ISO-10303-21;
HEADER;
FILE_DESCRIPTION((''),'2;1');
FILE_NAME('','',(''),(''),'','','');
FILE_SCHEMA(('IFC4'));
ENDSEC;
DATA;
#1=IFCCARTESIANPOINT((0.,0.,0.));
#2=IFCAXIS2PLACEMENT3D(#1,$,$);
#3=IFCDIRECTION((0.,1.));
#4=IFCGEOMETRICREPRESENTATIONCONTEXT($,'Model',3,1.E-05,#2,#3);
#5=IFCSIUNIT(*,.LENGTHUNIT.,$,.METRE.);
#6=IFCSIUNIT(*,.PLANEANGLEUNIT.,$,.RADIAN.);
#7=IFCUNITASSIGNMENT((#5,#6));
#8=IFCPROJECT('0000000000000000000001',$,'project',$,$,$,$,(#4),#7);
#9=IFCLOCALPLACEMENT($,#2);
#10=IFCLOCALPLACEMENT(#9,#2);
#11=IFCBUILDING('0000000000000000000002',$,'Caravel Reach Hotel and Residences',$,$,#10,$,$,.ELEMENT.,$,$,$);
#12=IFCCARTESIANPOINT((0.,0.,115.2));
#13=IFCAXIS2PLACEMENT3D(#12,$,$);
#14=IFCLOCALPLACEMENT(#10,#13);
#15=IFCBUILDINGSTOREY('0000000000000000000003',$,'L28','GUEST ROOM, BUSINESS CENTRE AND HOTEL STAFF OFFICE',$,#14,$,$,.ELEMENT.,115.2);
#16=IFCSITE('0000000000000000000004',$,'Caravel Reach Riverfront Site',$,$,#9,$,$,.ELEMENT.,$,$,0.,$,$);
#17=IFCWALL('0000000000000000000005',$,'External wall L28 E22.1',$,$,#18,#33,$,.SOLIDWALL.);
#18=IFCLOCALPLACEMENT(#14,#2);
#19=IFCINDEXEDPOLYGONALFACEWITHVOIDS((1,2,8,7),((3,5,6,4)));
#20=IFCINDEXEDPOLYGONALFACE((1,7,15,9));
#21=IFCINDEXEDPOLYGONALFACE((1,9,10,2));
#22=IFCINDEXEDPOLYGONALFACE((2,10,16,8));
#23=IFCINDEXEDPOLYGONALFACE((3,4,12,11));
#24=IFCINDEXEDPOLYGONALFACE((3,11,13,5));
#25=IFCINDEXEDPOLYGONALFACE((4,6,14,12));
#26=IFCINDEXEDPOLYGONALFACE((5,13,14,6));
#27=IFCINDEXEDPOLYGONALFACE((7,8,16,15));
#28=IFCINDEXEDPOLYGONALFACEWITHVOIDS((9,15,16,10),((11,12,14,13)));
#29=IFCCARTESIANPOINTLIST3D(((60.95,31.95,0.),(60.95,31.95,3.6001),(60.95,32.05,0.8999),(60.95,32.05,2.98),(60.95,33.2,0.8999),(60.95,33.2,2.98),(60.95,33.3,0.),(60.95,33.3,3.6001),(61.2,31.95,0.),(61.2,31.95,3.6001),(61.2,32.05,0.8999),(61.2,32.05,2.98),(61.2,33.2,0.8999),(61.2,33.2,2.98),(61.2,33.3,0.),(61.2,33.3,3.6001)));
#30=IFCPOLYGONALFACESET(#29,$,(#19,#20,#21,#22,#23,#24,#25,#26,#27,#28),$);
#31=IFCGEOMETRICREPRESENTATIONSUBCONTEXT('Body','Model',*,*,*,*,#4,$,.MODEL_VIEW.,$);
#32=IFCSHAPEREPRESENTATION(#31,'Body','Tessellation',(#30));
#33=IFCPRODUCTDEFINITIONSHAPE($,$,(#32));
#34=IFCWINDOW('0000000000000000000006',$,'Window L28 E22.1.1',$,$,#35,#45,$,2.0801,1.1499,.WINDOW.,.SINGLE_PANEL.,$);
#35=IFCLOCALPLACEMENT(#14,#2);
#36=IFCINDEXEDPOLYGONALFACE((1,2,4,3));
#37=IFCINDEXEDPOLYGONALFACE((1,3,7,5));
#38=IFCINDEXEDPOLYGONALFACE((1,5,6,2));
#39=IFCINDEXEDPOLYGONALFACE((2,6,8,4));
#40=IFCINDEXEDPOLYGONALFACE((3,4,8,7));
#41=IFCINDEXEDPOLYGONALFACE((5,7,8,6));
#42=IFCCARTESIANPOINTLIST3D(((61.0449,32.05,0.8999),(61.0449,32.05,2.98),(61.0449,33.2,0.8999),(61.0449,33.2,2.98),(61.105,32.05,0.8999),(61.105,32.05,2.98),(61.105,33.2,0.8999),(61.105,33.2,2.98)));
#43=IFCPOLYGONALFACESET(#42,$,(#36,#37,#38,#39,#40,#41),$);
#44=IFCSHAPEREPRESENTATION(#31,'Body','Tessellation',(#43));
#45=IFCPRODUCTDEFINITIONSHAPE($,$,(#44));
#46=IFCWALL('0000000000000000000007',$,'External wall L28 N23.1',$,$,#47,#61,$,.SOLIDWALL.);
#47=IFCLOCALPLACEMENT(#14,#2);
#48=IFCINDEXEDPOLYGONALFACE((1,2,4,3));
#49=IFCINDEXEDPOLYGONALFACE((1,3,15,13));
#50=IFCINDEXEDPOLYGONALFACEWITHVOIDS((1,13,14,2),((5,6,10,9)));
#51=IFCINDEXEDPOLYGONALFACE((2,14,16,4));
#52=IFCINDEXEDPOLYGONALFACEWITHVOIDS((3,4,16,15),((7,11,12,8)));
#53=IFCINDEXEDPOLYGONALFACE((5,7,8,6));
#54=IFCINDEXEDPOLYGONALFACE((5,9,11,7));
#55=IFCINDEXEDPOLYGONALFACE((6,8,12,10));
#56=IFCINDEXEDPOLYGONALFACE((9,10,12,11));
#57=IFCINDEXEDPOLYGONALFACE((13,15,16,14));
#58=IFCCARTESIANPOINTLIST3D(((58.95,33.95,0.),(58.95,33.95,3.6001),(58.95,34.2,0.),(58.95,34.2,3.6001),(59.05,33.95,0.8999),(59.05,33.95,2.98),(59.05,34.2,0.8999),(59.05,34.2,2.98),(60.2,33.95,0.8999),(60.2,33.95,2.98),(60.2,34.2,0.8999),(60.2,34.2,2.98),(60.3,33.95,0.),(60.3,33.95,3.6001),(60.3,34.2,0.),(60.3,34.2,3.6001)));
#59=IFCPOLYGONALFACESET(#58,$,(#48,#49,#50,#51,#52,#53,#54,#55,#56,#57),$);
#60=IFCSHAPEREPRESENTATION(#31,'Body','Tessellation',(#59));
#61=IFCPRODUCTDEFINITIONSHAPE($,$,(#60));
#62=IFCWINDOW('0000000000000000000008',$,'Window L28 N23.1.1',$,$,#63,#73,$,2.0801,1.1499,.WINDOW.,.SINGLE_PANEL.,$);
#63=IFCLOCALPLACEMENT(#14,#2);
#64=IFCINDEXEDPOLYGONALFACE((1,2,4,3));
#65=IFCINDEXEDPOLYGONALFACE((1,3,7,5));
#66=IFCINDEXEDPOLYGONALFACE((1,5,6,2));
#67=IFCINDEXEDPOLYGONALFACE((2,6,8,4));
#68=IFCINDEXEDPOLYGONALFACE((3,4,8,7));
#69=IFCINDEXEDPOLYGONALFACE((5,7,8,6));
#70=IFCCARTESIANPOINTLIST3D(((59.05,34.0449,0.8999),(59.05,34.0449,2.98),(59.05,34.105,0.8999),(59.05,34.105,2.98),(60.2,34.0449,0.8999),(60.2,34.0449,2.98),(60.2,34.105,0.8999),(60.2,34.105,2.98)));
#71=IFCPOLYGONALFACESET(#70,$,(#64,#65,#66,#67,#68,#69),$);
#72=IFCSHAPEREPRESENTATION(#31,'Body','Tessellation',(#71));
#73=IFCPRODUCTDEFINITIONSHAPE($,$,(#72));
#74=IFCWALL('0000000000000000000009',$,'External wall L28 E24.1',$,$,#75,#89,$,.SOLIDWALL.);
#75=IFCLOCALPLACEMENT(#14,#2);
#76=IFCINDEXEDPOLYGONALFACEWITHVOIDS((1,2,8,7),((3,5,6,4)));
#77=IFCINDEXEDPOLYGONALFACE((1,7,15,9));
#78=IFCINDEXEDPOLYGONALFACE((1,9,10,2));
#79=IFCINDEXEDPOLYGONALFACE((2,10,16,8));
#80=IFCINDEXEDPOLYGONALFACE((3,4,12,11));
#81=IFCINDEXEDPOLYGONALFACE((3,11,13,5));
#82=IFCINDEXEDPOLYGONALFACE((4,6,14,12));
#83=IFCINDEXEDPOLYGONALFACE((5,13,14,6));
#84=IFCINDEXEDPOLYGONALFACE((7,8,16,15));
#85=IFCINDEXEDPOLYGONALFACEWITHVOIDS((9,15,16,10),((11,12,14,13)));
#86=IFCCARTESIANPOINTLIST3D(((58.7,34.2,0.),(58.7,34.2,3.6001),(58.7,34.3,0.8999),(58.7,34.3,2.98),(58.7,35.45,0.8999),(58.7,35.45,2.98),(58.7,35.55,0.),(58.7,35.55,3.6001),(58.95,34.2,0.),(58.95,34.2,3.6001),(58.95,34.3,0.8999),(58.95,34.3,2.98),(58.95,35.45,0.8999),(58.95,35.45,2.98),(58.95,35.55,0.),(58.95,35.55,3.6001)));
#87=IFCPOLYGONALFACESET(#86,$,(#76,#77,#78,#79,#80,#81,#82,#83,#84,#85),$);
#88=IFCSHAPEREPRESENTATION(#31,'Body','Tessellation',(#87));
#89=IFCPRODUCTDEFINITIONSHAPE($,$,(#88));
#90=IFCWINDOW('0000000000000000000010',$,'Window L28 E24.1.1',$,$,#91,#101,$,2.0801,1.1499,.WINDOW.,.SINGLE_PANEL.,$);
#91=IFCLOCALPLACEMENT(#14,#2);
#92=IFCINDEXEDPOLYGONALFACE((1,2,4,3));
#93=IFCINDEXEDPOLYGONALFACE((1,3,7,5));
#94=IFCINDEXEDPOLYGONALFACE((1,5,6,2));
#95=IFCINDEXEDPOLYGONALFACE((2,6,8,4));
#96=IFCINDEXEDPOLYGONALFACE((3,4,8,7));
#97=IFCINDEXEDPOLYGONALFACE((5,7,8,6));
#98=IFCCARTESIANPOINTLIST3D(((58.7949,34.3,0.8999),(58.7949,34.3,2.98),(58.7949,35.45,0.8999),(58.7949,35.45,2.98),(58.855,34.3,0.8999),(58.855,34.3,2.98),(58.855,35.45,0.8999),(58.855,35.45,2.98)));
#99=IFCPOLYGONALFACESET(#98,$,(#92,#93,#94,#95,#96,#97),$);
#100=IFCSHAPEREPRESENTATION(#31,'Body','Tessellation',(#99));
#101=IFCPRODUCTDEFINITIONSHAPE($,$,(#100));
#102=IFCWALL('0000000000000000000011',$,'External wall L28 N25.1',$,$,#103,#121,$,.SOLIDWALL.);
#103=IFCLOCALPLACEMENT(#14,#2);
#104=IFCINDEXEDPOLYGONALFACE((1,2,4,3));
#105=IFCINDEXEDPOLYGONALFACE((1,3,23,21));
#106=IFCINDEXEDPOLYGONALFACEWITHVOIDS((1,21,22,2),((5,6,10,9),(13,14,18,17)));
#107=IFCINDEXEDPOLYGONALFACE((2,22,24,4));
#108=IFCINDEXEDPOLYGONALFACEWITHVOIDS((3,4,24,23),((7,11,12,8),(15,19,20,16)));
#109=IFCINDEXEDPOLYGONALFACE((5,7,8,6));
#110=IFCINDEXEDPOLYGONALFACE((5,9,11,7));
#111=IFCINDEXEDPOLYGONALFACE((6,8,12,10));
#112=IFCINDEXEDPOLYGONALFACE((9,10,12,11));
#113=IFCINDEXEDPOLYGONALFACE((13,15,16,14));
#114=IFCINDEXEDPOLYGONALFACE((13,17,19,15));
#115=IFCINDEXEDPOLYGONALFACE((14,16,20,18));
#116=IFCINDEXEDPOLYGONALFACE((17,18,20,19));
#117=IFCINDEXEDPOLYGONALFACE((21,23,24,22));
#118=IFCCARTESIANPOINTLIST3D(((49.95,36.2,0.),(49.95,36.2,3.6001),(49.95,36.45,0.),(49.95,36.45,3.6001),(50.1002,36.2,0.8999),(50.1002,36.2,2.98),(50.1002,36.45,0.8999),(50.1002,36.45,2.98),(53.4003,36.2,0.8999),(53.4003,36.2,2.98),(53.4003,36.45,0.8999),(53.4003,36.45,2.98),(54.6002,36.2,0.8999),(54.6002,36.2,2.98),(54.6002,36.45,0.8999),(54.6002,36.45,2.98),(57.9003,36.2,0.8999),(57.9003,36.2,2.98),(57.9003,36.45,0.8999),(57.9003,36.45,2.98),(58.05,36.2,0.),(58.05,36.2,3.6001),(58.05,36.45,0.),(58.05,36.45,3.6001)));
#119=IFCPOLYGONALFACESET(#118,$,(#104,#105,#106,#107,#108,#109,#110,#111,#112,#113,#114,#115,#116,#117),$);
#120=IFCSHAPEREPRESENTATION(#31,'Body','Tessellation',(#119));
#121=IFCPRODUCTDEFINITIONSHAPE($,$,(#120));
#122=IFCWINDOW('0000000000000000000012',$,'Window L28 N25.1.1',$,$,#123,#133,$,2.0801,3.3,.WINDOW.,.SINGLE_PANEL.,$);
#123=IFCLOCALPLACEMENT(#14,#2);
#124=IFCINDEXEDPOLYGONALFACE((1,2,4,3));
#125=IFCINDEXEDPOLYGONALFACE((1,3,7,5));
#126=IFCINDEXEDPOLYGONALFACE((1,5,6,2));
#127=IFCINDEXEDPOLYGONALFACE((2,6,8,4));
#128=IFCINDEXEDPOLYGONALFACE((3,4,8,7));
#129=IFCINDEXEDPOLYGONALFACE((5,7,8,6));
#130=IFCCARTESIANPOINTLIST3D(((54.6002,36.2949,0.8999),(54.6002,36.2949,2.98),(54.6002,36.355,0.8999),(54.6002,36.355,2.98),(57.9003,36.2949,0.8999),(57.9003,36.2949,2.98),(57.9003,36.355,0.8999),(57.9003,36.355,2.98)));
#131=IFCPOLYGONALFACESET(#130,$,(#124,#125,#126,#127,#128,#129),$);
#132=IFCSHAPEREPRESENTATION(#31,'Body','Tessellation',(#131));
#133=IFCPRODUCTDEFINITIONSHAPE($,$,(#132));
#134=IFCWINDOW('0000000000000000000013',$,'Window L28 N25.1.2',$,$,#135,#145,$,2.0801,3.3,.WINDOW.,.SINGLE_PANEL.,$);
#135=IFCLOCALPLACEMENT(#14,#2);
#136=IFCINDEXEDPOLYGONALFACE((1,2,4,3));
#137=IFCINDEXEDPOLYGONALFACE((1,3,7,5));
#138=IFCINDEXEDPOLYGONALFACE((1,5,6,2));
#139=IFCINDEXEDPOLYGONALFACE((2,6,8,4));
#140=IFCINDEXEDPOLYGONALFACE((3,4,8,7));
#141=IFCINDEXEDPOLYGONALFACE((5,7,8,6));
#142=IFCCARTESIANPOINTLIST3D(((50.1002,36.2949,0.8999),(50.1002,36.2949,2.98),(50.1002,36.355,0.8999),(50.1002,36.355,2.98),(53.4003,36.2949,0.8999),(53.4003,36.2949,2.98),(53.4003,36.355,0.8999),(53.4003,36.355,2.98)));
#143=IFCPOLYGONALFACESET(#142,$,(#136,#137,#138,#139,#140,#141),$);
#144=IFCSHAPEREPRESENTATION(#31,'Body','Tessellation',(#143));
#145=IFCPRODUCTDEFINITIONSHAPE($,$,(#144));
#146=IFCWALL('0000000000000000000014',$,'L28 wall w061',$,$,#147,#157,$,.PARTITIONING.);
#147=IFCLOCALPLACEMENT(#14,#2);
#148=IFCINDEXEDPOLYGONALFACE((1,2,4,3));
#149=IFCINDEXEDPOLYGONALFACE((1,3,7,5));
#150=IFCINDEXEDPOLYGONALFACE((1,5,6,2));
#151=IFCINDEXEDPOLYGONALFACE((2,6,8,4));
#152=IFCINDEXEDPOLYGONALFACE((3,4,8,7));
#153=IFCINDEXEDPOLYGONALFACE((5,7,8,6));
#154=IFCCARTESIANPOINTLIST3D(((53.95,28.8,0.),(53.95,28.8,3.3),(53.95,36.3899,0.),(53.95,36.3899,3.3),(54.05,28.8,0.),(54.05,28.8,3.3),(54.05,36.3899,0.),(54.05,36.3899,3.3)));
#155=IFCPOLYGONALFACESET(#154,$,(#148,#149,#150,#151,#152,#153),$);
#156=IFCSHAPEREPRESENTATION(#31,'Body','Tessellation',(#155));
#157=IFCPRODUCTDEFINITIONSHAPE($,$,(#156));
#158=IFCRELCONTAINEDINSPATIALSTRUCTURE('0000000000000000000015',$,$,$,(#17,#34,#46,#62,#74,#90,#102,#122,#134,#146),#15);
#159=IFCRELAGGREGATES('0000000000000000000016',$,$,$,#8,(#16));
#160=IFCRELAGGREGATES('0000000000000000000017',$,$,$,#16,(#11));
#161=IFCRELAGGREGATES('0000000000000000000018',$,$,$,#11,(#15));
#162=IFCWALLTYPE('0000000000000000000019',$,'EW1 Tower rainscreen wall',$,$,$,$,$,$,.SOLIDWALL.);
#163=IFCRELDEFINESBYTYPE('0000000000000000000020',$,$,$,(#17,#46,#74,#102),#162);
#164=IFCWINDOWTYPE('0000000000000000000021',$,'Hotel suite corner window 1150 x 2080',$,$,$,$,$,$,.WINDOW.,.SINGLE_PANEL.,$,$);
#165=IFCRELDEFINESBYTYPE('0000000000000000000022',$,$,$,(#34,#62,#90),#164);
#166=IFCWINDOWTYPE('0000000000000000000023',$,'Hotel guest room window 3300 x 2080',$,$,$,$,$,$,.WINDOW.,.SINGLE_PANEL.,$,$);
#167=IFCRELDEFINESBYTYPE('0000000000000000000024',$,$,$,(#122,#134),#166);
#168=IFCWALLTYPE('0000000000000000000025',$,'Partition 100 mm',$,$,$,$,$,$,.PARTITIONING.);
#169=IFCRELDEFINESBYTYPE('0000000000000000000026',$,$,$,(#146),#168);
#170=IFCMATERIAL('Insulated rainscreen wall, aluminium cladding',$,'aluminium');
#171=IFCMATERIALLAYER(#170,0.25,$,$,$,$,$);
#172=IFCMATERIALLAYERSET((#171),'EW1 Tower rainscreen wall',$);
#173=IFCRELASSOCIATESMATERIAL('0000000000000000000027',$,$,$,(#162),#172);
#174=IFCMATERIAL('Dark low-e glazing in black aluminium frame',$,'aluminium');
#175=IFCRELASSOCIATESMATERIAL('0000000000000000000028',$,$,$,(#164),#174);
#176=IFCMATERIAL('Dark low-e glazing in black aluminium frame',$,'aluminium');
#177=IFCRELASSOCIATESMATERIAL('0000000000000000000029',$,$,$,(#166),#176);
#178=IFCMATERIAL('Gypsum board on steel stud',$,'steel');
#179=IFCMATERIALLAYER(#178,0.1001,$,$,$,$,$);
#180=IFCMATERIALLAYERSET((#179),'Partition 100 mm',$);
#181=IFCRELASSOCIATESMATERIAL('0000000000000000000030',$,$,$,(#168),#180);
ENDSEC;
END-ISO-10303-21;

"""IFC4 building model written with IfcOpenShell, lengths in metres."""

from ifc_helpers import new_model, si_unit, direction, frame, frame_2d, origin, place, context, subcontext, project, spatial, rectangle, extrude, material, layer, layer_set, type_object, element, fill, save


model = new_model("IFC4")

# Units and contexts
model_context = context("Model", 3, precision=1e-05, world=origin(), true_north=direction((0.0, 1.0)))
body_context = subcontext(model_context, "Body", "Model", "MODEL_VIEW")
ifc_project = project(units=[si_unit("LENGTHUNIT", "METRE"), si_unit("PLANEANGLEUNIT", "RADIAN")], contexts=[model_context])

# Site, building, storey
site_placement = place(None, origin())
site = spatial("IfcSite", under=ifc_project, at=site_placement, Name="Caravel Reach Riverfront Site", CompositionType="ELEMENT", RefElevation=0.0)
building_placement = place(site_placement, origin())
building = spatial("IfcBuilding", under=site, at=building_placement, Name="Caravel Reach Hotel and Residences", CompositionType="ELEMENT")
storey_placement = place(building_placement, frame((0.0, 0.0, 115.2)))
storey = spatial("IfcBuildingStorey", under=building, at=storey_placement, Name="L28", Description="GUEST ROOM, BUSINESS CENTRE AND HOTEL STAFF OFFICE", CompositionType="ELEMENT", Elevation=115.2)

# Walls, openings, windows
ifc_material_1 = material(Name="Insulated rainscreen wall, aluminium cladding", Category="aluminium")
ifc_layer_1 = layer(ifc_material_1, 0.25)
ifc_layer_set_1 = layer_set([ifc_layer_1], Name="EW1 Tower rainscreen wall")
wall_type_1 = type_object("IfcWallType", Name="EW1 Tower rainscreen wall", PredefinedType="SOLIDWALL", material=ifc_layer_set_1)
ifc_material_2 = material(Name="Dark low-e glazing in black aluminium frame", Category="aluminium")
window_type_1 = type_object("IfcWindowType", Name="Hotel suite corner window 1150 x 2080", PartitioningType="SINGLE_PANEL", PredefinedType="WINDOW", material=ifc_material_2)
wall_1_placement = place(storey_placement, frame((61.075, 31.95, 0.0), z_axis=(0.0, 0.0, 1.0), x_axis=(0.0, 1.0, 0.0)))
wall_1 = element("IfcWall", 1, at=wall_1_placement, inside=storey, type_object=wall_type_1, Name="External wall L28 E22.1", PredefinedType="SOLIDWALL", context=body_context, shape_type="SweptSolid", body=[
    extrude(rectangle(XDim=1.3501, YDim=0.25, at=frame_2d((0.675, 0.0))), origin(), (0.0, 0.0, 1.0), 3.6001),
])
opening_1_placement = place(wall_1_placement, frame((0.1001, 0.0, 0.8999)))
opening_1 = element("IfcOpeningElement", 2, at=opening_1_placement, cuts=wall_1, PredefinedType="OPENING", context=body_context, shape_type="SweptSolid", body=[
    extrude(rectangle(XDim=1.1499, YDim=2.0801, at=frame_2d((0.575, 1.04))), frame((0.0, 0.135, 0.0), z_axis=(0.0, -1.0, 0.0), x_axis=(1.0, 0.0, 0.0)), (0.0, 0.0, 1.0), 0.27),
])
window_1_placement = place(opening_1_placement, origin())
window_1 = element("IfcWindow", 3, at=window_1_placement, inside=storey, type_object=window_type_1, Name="Window L28 E22.1.1", OverallHeight=2.0801, OverallWidth=1.1499, PartitioningType="SINGLE_PANEL", PredefinedType="WINDOW", context=body_context, shape_type="SweptSolid", body=[
    extrude(rectangle(XDim=1.1499, YDim=2.0801, at=frame_2d((0.575, 1.04))), frame((0.0, 0.03, 0.0), z_axis=(0.0, -1.0, 0.0), x_axis=(1.0, 0.0, 0.0)), (0.0, 0.0, 1.0), 0.0601),
])
fill(opening_1, window_1)
wall_2_placement = place(storey_placement, frame((60.3, 34.075, 0.0), z_axis=(0.0, 0.0, 1.0), x_axis=(-1.0, 0.0, 0.0)))
wall_2 = element("IfcWall", 4, at=wall_2_placement, inside=storey, type_object=wall_type_1, Name="External wall L28 N23.1", PredefinedType="SOLIDWALL", context=body_context, shape_type="SweptSolid", body=[
    extrude(rectangle(XDim=1.3501, YDim=0.25, at=frame_2d((0.675, 0.0))), origin(), (0.0, 0.0, 1.0), 3.6001),
])
opening_2_placement = place(wall_2_placement, frame((0.1001, 0.0, 0.8999)))
opening_2 = element("IfcOpeningElement", 5, at=opening_2_placement, cuts=wall_2, PredefinedType="OPENING", context=body_context, shape_type="SweptSolid", body=[
    extrude(rectangle(XDim=1.1499, YDim=2.0801, at=frame_2d((0.575, 1.04))), frame((0.0, 0.135, 0.0), z_axis=(0.0, -1.0, 0.0), x_axis=(1.0, 0.0, 0.0)), (0.0, 0.0, 1.0), 0.27),
])
window_2_placement = place(opening_2_placement, origin())
window_2 = element("IfcWindow", 6, at=window_2_placement, inside=storey, type_object=window_type_1, Name="Window L28 N23.1.1", OverallHeight=2.0801, OverallWidth=1.1499, PartitioningType="SINGLE_PANEL", PredefinedType="WINDOW", context=body_context, shape_type="SweptSolid", body=[
    extrude(rectangle(XDim=1.1499, YDim=2.0801, at=frame_2d((0.575, 1.04))), frame((0.0, 0.03, 0.0), z_axis=(0.0, -1.0, 0.0), x_axis=(1.0, 0.0, 0.0)), (0.0, 0.0, 1.0), 0.0601),
])
fill(opening_2, window_2)
wall_3_placement = place(storey_placement, frame((58.825, 34.2, 0.0), z_axis=(0.0, 0.0, 1.0), x_axis=(0.0, 1.0, 0.0)))
wall_3 = element("IfcWall", 7, at=wall_3_placement, inside=storey, type_object=wall_type_1, Name="External wall L28 E24.1", PredefinedType="SOLIDWALL", context=body_context, shape_type="SweptSolid", body=[
    extrude(rectangle(XDim=1.3501, YDim=0.25, at=frame_2d((0.675, 0.0))), origin(), (0.0, 0.0, 1.0), 3.6001),
])
opening_3_placement = place(wall_3_placement, frame((0.1001, 0.0, 0.8999)))
opening_3 = element("IfcOpeningElement", 8, at=opening_3_placement, cuts=wall_3, PredefinedType="OPENING", context=body_context, shape_type="SweptSolid", body=[
    extrude(rectangle(XDim=1.1499, YDim=2.0801, at=frame_2d((0.575, 1.04))), frame((0.0, 0.135, 0.0), z_axis=(0.0, -1.0, 0.0), x_axis=(1.0, 0.0, 0.0)), (0.0, 0.0, 1.0), 0.27),
])
window_3_placement = place(opening_3_placement, origin())
window_3 = element("IfcWindow", 9, at=window_3_placement, inside=storey, type_object=window_type_1, Name="Window L28 E24.1.1", OverallHeight=2.0801, OverallWidth=1.1499, PartitioningType="SINGLE_PANEL", PredefinedType="WINDOW", context=body_context, shape_type="SweptSolid", body=[
    extrude(rectangle(XDim=1.1499, YDim=2.0801, at=frame_2d((0.575, 1.04))), frame((0.0, 0.03, 0.0), z_axis=(0.0, -1.0, 0.0), x_axis=(1.0, 0.0, 0.0)), (0.0, 0.0, 1.0), 0.0601),
])
fill(opening_3, window_3)

# Wall, openings, windows
wall_4_placement = place(storey_placement, frame((58.05, 36.325, 0.0), z_axis=(0.0, 0.0, 1.0), x_axis=(-1.0, 0.0, 0.0)))
wall_4 = element("IfcWall", 10, at=wall_4_placement, inside=storey, type_object=wall_type_1, Name="External wall L28 N25.1", PredefinedType="SOLIDWALL", context=body_context, shape_type="SweptSolid", body=[
    extrude(rectangle(XDim=8.1001, YDim=0.25, at=frame_2d((4.05, 0.0))), origin(), (0.0, 0.0, 1.0), 3.6001),
])
opening_4_placement = place(wall_4_placement, frame((0.1499, 0.0, 0.8999)))
opening_4 = element("IfcOpeningElement", 11, at=opening_4_placement, cuts=wall_4, PredefinedType="OPENING", context=body_context, shape_type="SweptSolid", body=[
    extrude(rectangle(XDim=3.3, YDim=2.0801, at=frame_2d((1.6499, 1.04))), frame((0.0, 0.135, 0.0), z_axis=(0.0, -1.0, 0.0), x_axis=(1.0, 0.0, 0.0)), (0.0, 0.0, 1.0), 0.27),
])
opening_5_placement = place(wall_4_placement, frame((4.6499, 0.0, 0.8999)))
opening_5 = element("IfcOpeningElement", 12, at=opening_5_placement, cuts=wall_4, PredefinedType="OPENING", context=body_context, shape_type="SweptSolid", body=[
    extrude(rectangle(XDim=3.3, YDim=2.0801, at=frame_2d((1.6499, 1.04))), frame((0.0, 0.135, 0.0), z_axis=(0.0, -1.0, 0.0), x_axis=(1.0, 0.0, 0.0)), (0.0, 0.0, 1.0), 0.27),
])
ifc_material_3 = material(Name="Dark low-e glazing in black aluminium frame", Category="aluminium")
window_type_2 = type_object("IfcWindowType", Name="Hotel guest room window 3300 x 2080", PartitioningType="SINGLE_PANEL", PredefinedType="WINDOW", material=ifc_material_3)
window_4_placement = place(opening_4_placement, origin())
window_4 = element("IfcWindow", 13, at=window_4_placement, inside=storey, type_object=window_type_2, Name="Window L28 N25.1.1", OverallHeight=2.0801, OverallWidth=3.3, PartitioningType="SINGLE_PANEL", PredefinedType="WINDOW", context=body_context, shape_type="SweptSolid", body=[
    extrude(rectangle(XDim=3.3, YDim=2.0801, at=frame_2d((1.6499, 1.04))), frame((0.0, 0.03, 0.0), z_axis=(0.0, -1.0, 0.0), x_axis=(1.0, 0.0, 0.0)), (0.0, 0.0, 1.0), 0.0601),
])
fill(opening_4, window_4)
window_5_placement = place(opening_5_placement, origin())
window_5 = element("IfcWindow", 14, at=window_5_placement, inside=storey, type_object=window_type_2, Name="Window L28 N25.1.2", OverallHeight=2.0801, OverallWidth=3.3, PartitioningType="SINGLE_PANEL", PredefinedType="WINDOW", context=body_context, shape_type="SweptSolid", body=[
    extrude(rectangle(XDim=3.3, YDim=2.0801, at=frame_2d((1.6499, 1.04))), frame((0.0, 0.03, 0.0), z_axis=(0.0, -1.0, 0.0), x_axis=(1.0, 0.0, 0.0)), (0.0, 0.0, 1.0), 0.0601),
])
fill(opening_5, window_5)

# Wall
ifc_material_4 = material(Name="Gypsum board on steel stud", Category="steel")
ifc_layer_2 = layer(ifc_material_4, 0.1001)
ifc_layer_set_2 = layer_set([ifc_layer_2], Name="Partition 100 mm")
wall_type_2 = type_object("IfcWallType", Name="Partition 100 mm", PredefinedType="PARTITIONING", material=ifc_layer_set_2)
wall_5_placement = place(storey_placement, frame((54.0, 28.8, 0.0), z_axis=(0.0, 0.0, 1.0), x_axis=(0.0, 1.0, 0.0)))
element("IfcWall", 15, at=wall_5_placement, inside=storey, type_object=wall_type_2, Name="L28 wall w061", PredefinedType="PARTITIONING", context=body_context, shape_type="SweptSolid", body=[
    extrude(rectangle(XDim=7.5898, YDim=0.1001, at=frame_2d((3.7949, 0.0))), origin(), (0.0, 0.0, 1.0), 3.3),
])

save(model, "model.ifc")
